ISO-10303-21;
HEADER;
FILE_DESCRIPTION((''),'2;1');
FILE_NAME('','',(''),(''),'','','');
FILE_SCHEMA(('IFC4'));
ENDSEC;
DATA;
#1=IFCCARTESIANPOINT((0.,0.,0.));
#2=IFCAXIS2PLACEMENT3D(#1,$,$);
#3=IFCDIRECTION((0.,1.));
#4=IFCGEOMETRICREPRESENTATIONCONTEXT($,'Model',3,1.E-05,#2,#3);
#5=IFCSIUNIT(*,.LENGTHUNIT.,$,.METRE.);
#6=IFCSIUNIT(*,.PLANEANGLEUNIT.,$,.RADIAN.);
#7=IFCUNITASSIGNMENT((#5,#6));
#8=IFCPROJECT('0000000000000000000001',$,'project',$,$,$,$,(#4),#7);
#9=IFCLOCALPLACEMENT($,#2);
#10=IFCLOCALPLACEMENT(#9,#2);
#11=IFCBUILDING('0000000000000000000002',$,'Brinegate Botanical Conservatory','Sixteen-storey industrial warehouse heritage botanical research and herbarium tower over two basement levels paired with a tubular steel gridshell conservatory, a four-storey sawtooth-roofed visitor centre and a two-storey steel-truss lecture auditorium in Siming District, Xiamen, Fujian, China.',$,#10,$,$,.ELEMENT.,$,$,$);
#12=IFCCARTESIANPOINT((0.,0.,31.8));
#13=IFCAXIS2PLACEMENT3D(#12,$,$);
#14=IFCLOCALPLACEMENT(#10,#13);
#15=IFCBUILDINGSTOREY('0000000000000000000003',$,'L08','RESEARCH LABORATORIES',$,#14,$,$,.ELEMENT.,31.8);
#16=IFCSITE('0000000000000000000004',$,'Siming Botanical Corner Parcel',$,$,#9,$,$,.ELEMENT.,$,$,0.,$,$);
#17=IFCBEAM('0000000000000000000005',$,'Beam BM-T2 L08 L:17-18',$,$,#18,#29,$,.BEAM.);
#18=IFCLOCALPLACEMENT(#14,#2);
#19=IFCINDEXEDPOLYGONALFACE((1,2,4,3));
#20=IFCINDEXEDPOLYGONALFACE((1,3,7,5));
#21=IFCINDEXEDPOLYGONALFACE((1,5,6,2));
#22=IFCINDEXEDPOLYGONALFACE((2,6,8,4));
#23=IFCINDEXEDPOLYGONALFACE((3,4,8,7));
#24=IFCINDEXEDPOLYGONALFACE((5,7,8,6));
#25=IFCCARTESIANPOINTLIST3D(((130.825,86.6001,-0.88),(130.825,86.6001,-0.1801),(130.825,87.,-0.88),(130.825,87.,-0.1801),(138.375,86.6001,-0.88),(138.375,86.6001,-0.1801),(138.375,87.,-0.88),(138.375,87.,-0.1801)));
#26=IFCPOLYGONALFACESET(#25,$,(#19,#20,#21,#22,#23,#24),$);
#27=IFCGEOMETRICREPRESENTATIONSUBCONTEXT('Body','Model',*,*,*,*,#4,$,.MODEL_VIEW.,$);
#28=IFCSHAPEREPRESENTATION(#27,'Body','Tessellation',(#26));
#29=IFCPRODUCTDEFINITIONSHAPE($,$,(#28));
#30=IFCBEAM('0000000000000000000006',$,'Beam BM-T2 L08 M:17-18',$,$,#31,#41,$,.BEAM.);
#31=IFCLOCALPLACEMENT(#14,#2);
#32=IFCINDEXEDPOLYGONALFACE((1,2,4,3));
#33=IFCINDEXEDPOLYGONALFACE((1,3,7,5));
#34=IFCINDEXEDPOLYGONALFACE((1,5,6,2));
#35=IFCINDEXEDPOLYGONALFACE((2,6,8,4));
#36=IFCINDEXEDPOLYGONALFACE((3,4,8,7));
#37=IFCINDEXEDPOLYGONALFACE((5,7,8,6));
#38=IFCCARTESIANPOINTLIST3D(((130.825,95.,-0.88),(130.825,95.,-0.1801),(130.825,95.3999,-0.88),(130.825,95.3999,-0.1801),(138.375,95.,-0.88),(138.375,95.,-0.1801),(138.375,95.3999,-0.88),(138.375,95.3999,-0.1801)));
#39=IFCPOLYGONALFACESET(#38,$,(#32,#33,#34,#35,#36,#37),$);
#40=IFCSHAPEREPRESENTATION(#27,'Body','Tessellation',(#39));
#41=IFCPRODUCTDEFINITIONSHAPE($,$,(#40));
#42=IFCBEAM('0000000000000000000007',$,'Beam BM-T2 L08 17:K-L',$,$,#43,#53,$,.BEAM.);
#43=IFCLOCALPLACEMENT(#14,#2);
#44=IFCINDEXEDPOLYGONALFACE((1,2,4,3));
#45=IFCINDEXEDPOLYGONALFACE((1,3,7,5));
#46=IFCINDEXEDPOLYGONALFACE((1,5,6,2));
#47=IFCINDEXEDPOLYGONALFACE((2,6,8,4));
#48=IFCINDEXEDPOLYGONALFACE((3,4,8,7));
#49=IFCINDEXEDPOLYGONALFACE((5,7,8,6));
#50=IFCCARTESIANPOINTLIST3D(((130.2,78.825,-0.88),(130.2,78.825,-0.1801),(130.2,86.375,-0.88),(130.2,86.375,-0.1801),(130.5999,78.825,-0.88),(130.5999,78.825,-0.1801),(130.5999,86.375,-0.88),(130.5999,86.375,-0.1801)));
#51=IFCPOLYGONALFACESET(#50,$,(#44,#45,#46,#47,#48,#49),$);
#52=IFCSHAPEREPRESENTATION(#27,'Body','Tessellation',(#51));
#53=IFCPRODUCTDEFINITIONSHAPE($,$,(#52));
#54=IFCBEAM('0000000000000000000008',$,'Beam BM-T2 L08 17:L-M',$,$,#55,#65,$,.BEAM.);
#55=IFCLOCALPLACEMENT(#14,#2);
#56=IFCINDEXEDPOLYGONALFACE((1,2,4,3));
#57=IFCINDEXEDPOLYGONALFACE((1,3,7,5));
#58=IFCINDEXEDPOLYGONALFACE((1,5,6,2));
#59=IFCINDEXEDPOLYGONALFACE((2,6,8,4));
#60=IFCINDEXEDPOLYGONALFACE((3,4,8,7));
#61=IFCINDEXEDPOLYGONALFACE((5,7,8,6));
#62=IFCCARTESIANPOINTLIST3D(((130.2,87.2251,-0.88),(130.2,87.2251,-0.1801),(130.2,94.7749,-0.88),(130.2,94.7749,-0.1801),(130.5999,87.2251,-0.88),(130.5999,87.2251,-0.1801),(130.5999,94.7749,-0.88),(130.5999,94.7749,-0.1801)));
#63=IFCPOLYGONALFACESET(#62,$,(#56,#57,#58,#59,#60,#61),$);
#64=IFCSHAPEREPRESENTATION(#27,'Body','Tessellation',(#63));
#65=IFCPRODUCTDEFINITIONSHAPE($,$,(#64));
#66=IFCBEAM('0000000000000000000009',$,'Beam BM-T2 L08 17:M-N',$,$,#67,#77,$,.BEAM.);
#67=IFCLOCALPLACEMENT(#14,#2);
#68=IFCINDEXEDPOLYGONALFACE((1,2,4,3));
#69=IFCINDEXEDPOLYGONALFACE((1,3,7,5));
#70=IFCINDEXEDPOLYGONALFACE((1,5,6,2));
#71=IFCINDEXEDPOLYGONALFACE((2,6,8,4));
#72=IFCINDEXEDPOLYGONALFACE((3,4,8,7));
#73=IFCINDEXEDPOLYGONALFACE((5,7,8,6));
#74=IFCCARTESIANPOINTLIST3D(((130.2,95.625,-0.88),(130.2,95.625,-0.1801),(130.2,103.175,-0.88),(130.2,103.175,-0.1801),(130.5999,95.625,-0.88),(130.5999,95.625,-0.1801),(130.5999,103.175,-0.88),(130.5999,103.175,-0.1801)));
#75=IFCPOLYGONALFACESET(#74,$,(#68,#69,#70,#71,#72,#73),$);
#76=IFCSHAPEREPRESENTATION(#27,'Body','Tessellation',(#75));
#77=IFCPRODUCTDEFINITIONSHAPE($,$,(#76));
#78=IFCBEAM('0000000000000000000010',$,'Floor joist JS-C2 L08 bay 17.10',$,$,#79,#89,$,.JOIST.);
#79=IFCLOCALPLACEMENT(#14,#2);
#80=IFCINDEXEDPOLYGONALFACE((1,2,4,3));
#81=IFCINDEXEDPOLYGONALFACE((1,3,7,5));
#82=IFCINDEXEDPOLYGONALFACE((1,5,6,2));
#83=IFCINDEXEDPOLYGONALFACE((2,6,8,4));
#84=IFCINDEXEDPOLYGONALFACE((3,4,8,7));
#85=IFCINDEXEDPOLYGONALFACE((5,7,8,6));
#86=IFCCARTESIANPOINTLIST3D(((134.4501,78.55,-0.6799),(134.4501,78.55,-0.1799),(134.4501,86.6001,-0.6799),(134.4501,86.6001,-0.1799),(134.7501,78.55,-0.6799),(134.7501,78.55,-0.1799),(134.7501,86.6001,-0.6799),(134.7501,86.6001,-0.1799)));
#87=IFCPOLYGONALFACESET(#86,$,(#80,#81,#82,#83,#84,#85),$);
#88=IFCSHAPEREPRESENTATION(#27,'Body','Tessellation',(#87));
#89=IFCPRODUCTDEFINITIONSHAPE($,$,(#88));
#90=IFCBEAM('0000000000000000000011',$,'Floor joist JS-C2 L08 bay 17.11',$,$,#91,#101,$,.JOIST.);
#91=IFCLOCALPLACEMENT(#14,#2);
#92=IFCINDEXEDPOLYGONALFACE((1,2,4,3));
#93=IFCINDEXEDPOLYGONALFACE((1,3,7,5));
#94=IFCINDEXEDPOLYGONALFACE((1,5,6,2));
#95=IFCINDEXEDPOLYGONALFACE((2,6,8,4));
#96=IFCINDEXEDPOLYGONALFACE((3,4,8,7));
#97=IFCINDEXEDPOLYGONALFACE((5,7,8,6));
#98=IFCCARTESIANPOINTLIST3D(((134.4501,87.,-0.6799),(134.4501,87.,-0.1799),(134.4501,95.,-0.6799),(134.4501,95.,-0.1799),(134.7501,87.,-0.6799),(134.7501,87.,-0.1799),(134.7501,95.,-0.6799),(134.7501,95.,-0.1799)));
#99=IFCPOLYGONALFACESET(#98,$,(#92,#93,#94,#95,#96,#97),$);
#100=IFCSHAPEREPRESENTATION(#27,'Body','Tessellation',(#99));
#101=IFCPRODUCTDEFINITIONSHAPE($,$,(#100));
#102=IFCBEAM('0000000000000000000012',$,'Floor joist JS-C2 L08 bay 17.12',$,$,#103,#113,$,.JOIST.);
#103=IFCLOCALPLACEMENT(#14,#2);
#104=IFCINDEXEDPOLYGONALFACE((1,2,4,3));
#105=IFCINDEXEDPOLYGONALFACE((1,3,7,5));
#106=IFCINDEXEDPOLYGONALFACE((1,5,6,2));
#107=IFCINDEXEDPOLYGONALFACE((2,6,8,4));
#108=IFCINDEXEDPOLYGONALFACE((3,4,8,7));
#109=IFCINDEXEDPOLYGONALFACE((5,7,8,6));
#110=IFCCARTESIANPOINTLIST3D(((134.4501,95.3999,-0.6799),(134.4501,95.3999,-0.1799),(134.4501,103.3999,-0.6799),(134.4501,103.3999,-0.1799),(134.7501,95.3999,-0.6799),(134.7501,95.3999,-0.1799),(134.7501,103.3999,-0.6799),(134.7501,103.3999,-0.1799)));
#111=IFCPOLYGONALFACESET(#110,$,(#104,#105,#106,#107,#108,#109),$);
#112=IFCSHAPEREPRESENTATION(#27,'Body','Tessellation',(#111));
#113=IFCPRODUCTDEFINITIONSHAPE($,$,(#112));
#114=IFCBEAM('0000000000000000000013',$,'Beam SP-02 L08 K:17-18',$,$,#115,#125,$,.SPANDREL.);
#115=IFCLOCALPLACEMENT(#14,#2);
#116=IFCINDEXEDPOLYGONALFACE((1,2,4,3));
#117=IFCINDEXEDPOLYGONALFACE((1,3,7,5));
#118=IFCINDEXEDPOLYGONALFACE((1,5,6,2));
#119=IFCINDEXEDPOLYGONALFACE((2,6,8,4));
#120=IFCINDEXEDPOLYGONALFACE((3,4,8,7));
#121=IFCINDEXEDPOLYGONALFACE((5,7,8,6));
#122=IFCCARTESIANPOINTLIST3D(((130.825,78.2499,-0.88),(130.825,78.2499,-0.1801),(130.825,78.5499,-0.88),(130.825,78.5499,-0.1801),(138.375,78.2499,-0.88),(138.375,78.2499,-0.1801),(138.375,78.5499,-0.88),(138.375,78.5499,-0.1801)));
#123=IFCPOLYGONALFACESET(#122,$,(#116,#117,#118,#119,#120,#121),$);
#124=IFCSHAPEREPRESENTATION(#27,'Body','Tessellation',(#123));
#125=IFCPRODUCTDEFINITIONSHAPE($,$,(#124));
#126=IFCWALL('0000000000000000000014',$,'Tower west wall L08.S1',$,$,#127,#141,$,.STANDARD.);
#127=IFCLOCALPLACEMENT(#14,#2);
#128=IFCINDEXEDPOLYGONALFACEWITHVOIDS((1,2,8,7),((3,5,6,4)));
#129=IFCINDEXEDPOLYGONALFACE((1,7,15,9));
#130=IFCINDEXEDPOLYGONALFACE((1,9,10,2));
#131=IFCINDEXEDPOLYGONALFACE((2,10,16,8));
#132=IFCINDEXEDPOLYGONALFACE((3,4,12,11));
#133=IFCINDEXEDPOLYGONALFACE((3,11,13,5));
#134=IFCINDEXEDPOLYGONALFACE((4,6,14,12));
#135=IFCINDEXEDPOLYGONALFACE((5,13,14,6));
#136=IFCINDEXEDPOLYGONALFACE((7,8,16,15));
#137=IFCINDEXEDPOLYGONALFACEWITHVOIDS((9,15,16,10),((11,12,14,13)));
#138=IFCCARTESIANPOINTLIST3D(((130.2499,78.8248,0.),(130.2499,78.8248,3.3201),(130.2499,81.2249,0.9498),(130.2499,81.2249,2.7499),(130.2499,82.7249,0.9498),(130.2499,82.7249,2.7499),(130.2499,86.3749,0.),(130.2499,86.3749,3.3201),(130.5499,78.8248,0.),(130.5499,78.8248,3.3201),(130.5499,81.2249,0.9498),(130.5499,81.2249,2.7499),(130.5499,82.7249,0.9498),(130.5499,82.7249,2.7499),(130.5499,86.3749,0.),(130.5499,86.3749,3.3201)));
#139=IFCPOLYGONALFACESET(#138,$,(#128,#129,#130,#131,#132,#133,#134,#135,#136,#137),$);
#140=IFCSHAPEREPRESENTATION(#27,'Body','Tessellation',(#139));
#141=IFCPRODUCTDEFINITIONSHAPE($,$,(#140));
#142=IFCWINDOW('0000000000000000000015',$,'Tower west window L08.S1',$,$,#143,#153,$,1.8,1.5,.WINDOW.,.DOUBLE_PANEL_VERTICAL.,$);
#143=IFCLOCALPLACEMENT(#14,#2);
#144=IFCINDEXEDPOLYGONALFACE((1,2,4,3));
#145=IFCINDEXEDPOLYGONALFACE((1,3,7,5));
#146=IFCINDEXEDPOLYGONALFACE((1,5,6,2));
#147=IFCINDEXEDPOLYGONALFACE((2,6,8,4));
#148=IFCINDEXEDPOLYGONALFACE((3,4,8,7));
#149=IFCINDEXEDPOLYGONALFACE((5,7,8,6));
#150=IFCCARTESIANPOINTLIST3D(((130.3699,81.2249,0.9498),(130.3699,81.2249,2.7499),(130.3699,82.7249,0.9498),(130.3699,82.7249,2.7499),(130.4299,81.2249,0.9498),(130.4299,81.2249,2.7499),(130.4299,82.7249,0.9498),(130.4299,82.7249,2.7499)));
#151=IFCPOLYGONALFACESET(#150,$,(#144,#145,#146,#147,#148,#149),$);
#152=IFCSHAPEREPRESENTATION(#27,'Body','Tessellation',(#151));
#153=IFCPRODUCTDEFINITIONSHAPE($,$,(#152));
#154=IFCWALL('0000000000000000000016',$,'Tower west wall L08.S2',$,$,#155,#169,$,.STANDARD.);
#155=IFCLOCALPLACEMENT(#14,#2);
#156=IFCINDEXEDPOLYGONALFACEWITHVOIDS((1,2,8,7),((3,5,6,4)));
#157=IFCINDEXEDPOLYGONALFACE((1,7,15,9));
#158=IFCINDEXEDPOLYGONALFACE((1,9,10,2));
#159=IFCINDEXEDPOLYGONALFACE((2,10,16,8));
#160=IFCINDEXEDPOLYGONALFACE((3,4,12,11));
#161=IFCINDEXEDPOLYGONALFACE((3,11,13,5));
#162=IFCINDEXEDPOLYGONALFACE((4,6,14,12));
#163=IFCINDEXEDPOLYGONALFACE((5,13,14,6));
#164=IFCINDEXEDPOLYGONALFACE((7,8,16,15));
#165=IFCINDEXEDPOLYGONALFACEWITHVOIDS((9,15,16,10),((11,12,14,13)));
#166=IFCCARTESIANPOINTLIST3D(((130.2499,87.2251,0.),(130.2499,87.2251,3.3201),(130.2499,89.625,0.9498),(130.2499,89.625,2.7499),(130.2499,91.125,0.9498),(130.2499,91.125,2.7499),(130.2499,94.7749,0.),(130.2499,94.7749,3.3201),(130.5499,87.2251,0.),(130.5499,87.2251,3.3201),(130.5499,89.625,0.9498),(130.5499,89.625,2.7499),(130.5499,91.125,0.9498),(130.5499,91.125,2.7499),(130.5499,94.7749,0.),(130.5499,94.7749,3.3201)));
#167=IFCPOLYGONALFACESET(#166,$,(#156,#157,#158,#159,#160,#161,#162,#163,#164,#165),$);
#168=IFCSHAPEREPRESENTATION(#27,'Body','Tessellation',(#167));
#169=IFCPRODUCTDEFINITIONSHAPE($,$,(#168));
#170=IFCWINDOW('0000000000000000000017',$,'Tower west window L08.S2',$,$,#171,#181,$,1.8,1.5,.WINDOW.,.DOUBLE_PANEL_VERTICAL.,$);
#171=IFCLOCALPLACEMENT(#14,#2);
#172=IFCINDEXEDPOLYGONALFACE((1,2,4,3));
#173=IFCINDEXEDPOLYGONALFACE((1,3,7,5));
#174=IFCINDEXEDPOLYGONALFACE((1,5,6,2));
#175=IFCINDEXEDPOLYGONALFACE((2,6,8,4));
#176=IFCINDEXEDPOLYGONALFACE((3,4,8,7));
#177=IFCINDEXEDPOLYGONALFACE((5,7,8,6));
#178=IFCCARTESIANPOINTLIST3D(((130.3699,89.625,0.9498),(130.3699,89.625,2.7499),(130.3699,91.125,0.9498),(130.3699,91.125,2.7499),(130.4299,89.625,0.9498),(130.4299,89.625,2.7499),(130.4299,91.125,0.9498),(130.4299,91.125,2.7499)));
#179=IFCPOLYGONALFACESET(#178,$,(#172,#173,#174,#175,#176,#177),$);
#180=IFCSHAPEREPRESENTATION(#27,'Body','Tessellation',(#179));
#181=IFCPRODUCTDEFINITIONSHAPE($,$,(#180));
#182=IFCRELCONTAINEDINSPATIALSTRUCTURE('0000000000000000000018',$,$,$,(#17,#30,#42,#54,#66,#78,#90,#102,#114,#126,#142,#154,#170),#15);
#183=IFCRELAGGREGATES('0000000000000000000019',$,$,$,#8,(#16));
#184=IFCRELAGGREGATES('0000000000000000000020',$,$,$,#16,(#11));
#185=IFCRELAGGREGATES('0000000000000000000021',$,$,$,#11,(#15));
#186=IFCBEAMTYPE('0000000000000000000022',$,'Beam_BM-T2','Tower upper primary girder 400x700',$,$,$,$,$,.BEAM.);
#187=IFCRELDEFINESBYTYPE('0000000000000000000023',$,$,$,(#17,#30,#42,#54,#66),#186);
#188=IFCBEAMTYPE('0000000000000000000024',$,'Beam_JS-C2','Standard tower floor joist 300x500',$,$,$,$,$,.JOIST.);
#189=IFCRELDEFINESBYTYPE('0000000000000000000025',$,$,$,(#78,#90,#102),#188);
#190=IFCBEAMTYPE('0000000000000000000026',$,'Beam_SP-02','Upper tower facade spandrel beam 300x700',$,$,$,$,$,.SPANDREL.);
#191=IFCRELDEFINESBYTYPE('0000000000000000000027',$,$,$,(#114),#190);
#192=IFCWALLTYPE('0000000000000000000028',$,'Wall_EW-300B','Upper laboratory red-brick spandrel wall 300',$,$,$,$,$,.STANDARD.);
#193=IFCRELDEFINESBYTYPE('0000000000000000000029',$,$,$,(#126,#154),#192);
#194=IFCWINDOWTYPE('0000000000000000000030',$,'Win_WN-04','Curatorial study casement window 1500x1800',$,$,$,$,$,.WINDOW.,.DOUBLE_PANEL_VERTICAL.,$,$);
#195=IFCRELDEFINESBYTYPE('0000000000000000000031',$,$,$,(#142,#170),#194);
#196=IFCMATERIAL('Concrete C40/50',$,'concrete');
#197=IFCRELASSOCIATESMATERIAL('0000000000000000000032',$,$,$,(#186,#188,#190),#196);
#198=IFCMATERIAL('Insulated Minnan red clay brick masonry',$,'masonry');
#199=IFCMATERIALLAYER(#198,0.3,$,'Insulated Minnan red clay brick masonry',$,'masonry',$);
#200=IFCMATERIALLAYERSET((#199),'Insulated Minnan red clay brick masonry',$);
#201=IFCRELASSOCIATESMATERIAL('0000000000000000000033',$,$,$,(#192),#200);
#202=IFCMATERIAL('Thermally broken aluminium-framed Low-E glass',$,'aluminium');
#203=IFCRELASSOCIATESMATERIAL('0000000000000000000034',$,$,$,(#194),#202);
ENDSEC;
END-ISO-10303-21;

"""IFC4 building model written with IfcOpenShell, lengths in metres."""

from ifc_helpers import new_model, si_unit, direction, frame, frame_2d, origin, origin_2d, place, context, subcontext, project, spatial, rectangle, extrude, material, layer, layer_set, material_profile, profile_set, type_object, element, fill, save


model = new_model("IFC4")

# Units and contexts
model_context = context("Model", 3, precision=1e-05, world=origin(), true_north=direction((0.0, 1.0)))
body_context = subcontext(model_context, "Body", "Model", "MODEL_VIEW")
ifc_project = project(units=[si_unit("LENGTHUNIT", "METRE"), si_unit("PLANEANGLEUNIT", "RADIAN")], contexts=[model_context])

# Site, building, storey
site_placement = place(None, origin())
site = spatial("IfcSite", under=ifc_project, at=site_placement, Name="Siming Botanical Corner Parcel", CompositionType="ELEMENT", RefElevation=0.0)
building_placement = place(site_placement, origin())
building = spatial("IfcBuilding", under=site, at=building_placement, Name="Brinegate Botanical Conservatory", Description="Sixteen-storey industrial warehouse heritage botanical research and herbarium tower over two basement levels paired with a tubular steel gridshell conservatory, a four-storey sawtooth-roofed visitor centre and a two-storey steel-truss lecture auditorium in Siming District, Xiamen, Fujian, China.", CompositionType="ELEMENT")
storey_placement = place(building_placement, frame((0.0, 0.0, 31.8)))
storey = spatial("IfcBuildingStorey", under=building, at=storey_placement, Name="L08", Description="RESEARCH LABORATORIES", CompositionType="ELEMENT", Elevation=31.8)

# Beams
ifc_material_1 = material(Name="Concrete C40/50", Category="concrete")
ifc_material_profile_1 = material_profile(ifc_material_1, rectangle(XDim=0.3999, YDim=0.7, at=origin_2d()), Name="RC BM 400x700")
ifc_profile_set_1 = profile_set([ifc_material_profile_1], Name="Concrete C40/50")
beam_type_1 = type_object("IfcBeamType", Name="Beam_BM-T2", Description="Tower upper primary girder 400x700", PredefinedType="BEAM", material=ifc_profile_set_1)
for number, where, z_axis, x_axis, name in (
    (1, (130.825, 86.8, -0.53), (1.0, 0.0, 0.0), (0.0, 1.0, 0.0), "Beam BM-T2 L08 L:17-18"),
    (2, (130.825, 95.2, -0.53), (1.0, 0.0, 0.0), (0.0, 1.0, 0.0), "Beam BM-T2 L08 M:17-18"),
    (3, (130.3999, 78.825, -0.53), (0.0, 1.0, 0.0), (-1.0, 0.0, 0.0), "Beam BM-T2 L08 17:K-L"),
):
    element("IfcBeam", number, at=place(storey_placement, frame(where, z_axis=z_axis, x_axis=x_axis)), inside=storey, type_object=beam_type_1, Name=name, PredefinedType="BEAM", context=body_context, shape_type="SweptSolid", body=[
        extrude(rectangle(XDim=0.3999, YDim=0.7, at=origin_2d()), origin(), (0.0, 0.0, 1.0), 7.55),
    ])
beam_1_placement = place(storey_placement, frame((130.3999, 87.2251, -0.53), z_axis=(0.0, 1.0, 0.0), x_axis=(-1.0, 0.0, 0.0)))
element("IfcBeam", 4, at=beam_1_placement, inside=storey, type_object=beam_type_1, Name="Beam BM-T2 L08 17:L-M", PredefinedType="BEAM", context=body_context, shape_type="SweptSolid", body=[
    extrude(rectangle(XDim=0.3999, YDim=0.7, at=origin_2d()), origin(), (0.0, 0.0, 1.0), 7.5498),
])
beam_2_placement = place(storey_placement, frame((130.3999, 95.625, -0.53), z_axis=(0.0, 1.0, 0.0), x_axis=(-1.0, 0.0, 0.0)))
element("IfcBeam", 5, at=beam_2_placement, inside=storey, type_object=beam_type_1, Name="Beam BM-T2 L08 17:M-N", PredefinedType="BEAM", context=body_context, shape_type="SweptSolid", body=[
    extrude(rectangle(XDim=0.3999, YDim=0.7, at=origin_2d()), origin(), (0.0, 0.0, 1.0), 7.55),
])
ifc_material_profile_2 = material_profile(ifc_material_1, rectangle(XDim=0.3, YDim=0.5, at=origin_2d()), Name="RC JST 300x500")
ifc_profile_set_2 = profile_set([ifc_material_profile_2], Name="Concrete C40/50")
beam_type_2 = type_object("IfcBeamType", Name="Beam_JS-C2", Description="Standard tower floor joist 300x500", PredefinedType="JOIST", material=ifc_profile_set_2)
beam_3_placement = place(storey_placement, frame((134.6001, 78.55, -0.4299), z_axis=(0.0, 1.0, 0.0), x_axis=(-1.0, 0.0, 0.0)))
element("IfcBeam", 6, at=beam_3_placement, inside=storey, type_object=beam_type_2, Name="Floor joist JS-C2 L08 bay 17.10", PredefinedType="JOIST", context=body_context, shape_type="SweptSolid", body=[
    extrude(rectangle(XDim=0.3, YDim=0.5, at=origin_2d()), origin(), (0.0, 0.0, 1.0), 8.05),
])
for number, where, z_axis, x_axis, name in (
    (7, (134.6001, 87.0, -0.4299), (0.0, 1.0, 0.0), (-1.0, 0.0, 0.0), "Floor joist JS-C2 L08 bay 17.11"),
    (8, (134.6001, 95.3999, -0.4299), (0.0, 1.0, 0.0), (-1.0, 0.0, 0.0), "Floor joist JS-C2 L08 bay 17.12"),
):
    element("IfcBeam", number, at=place(storey_placement, frame(where, z_axis=z_axis, x_axis=x_axis)), inside=storey, type_object=beam_type_2, Name=name, PredefinedType="JOIST", context=body_context, shape_type="SweptSolid", body=[
        extrude(rectangle(XDim=0.3, YDim=0.5, at=origin_2d()), origin(), (0.0, 0.0, 1.0), 8.0),
    ])
ifc_material_profile_3 = material_profile(ifc_material_1, rectangle(XDim=0.3, YDim=0.7, at=origin_2d()), Name="RC SPN 300x700")
ifc_profile_set_3 = profile_set([ifc_material_profile_3], Name="Concrete C40/50")
beam_type_3 = type_object("IfcBeamType", Name="Beam_SP-02", Description="Upper tower facade spandrel beam 300x700", PredefinedType="SPANDREL", material=ifc_profile_set_3)
beam_4_placement = place(storey_placement, frame((130.825, 78.3999, -0.53), z_axis=(1.0, 0.0, 0.0), x_axis=(0.0, 1.0, 0.0)))
element("IfcBeam", 9, at=beam_4_placement, inside=storey, type_object=beam_type_3, Name="Beam SP-02 L08 K:17-18", PredefinedType="SPANDREL", context=body_context, shape_type="SweptSolid", body=[
    extrude(rectangle(XDim=0.3, YDim=0.7, at=origin_2d()), origin(), (0.0, 0.0, 1.0), 7.55),
])

# Walls, openings, windows
ifc_material_2 = material(Name="Insulated Minnan red clay brick masonry", Category="masonry")
ifc_layer_1 = layer(ifc_material_2, 0.3, Name="Insulated Minnan red clay brick masonry", Category="masonry")
ifc_layer_set_1 = layer_set([ifc_layer_1], Name="Insulated Minnan red clay brick masonry")
wall_type_1 = type_object("IfcWallType", Name="Wall_EW-300B", Description="Upper laboratory red-brick spandrel wall 300", PredefinedType="STANDARD", material=ifc_layer_set_1)
wall_1_placement = place(storey_placement, frame((130.3999, 78.825, 0.0), z_axis=(0.0, 0.0, 1.0), x_axis=(0.0, 1.0, 0.0)))
wall_1 = element("IfcWall", 10, at=wall_1_placement, inside=storey, type_object=wall_type_1, Name="Tower west wall L08.S1", PredefinedType="STANDARD", context=body_context, shape_type="SweptSolid", body=[
    extrude(rectangle(XDim=7.55, YDim=0.3, at=frame_2d((3.7749, 0.0))), origin(), (0.0, 0.0, 1.0), 3.3201),
])
opening_1_placement = place(wall_1_placement, frame((2.3999, 0.0, 0.95)))
opening_1 = element("IfcOpeningElement", 11, at=opening_1_placement, cuts=wall_1, PredefinedType="OPENING", context=body_context, shape_type="SweptSolid", body=[
    extrude(rectangle(XDim=1.5, YDim=1.8, at=frame_2d((0.75, 0.8999))), frame((0.0, 0.1599, 0.0), z_axis=(0.0, -1.0, 0.0), x_axis=(1.0, 0.0, 0.0)), (0.0, 0.0, 1.0), 0.3201),
])
ifc_material_3 = material(Name="Thermally broken aluminium-framed Low-E glass", Category="aluminium")
window_type_1 = type_object("IfcWindowType", Name="Win_WN-04", Description="Curatorial study casement window 1500x1800", PartitioningType="DOUBLE_PANEL_VERTICAL", PredefinedType="WINDOW", material=ifc_material_3)
window_1_placement = place(opening_1_placement, origin())
window_1 = element("IfcWindow", 12, at=window_1_placement, inside=storey, type_object=window_type_1, Name="Tower west window L08.S1", OverallHeight=1.8, OverallWidth=1.5, PartitioningType="DOUBLE_PANEL_VERTICAL", PredefinedType="WINDOW", context=body_context, shape_type="SweptSolid", body=[
    extrude(rectangle(XDim=1.5, YDim=1.8, at=frame_2d((0.75, 0.8999))), frame((0.0, 0.03, 0.0), z_axis=(0.0, -1.0, 0.0), x_axis=(1.0, 0.0, 0.0)), (0.0, 0.0, 1.0), 0.0601),
])
fill(opening_1, window_1)
wall_2_placement = place(storey_placement, frame((130.3999, 87.2251, 0.0), z_axis=(0.0, 0.0, 1.0), x_axis=(0.0, 1.0, 0.0)))
wall_2 = element("IfcWall", 13, at=wall_2_placement, inside=storey, type_object=wall_type_1, Name="Tower west wall L08.S2", PredefinedType="STANDARD", context=body_context, shape_type="SweptSolid", body=[
    extrude(rectangle(XDim=7.5498, YDim=0.3, at=frame_2d((3.7749, 0.0))), origin(), (0.0, 0.0, 1.0), 3.3201),
])
opening_2_placement = place(wall_2_placement, frame((2.3999, 0.0, 0.95)))
opening_2 = element("IfcOpeningElement", 14, at=opening_2_placement, cuts=wall_2, PredefinedType="OPENING", context=body_context, shape_type="SweptSolid", body=[
    extrude(rectangle(XDim=1.5, YDim=1.8, at=frame_2d((0.75, 0.8999))), frame((0.0, 0.1599, 0.0), z_axis=(0.0, -1.0, 0.0), x_axis=(1.0, 0.0, 0.0)), (0.0, 0.0, 1.0), 0.3201),
])
window_2_placement = place(opening_2_placement, origin())
window_2 = element("IfcWindow", 15, at=window_2_placement, inside=storey, type_object=window_type_1, Name="Tower west window L08.S2", OverallHeight=1.8, OverallWidth=1.5, PartitioningType="DOUBLE_PANEL_VERTICAL", PredefinedType="WINDOW", context=body_context, shape_type="SweptSolid", body=[
    extrude(rectangle(XDim=1.5, YDim=1.8, at=frame_2d((0.75, 0.8999))), frame((0.0, 0.03, 0.0), z_axis=(0.0, -1.0, 0.0), x_axis=(1.0, 0.0, 0.0)), (0.0, 0.0, 1.0), 0.0601),
])
fill(opening_2, window_2)

save(model, "model.ifc")
